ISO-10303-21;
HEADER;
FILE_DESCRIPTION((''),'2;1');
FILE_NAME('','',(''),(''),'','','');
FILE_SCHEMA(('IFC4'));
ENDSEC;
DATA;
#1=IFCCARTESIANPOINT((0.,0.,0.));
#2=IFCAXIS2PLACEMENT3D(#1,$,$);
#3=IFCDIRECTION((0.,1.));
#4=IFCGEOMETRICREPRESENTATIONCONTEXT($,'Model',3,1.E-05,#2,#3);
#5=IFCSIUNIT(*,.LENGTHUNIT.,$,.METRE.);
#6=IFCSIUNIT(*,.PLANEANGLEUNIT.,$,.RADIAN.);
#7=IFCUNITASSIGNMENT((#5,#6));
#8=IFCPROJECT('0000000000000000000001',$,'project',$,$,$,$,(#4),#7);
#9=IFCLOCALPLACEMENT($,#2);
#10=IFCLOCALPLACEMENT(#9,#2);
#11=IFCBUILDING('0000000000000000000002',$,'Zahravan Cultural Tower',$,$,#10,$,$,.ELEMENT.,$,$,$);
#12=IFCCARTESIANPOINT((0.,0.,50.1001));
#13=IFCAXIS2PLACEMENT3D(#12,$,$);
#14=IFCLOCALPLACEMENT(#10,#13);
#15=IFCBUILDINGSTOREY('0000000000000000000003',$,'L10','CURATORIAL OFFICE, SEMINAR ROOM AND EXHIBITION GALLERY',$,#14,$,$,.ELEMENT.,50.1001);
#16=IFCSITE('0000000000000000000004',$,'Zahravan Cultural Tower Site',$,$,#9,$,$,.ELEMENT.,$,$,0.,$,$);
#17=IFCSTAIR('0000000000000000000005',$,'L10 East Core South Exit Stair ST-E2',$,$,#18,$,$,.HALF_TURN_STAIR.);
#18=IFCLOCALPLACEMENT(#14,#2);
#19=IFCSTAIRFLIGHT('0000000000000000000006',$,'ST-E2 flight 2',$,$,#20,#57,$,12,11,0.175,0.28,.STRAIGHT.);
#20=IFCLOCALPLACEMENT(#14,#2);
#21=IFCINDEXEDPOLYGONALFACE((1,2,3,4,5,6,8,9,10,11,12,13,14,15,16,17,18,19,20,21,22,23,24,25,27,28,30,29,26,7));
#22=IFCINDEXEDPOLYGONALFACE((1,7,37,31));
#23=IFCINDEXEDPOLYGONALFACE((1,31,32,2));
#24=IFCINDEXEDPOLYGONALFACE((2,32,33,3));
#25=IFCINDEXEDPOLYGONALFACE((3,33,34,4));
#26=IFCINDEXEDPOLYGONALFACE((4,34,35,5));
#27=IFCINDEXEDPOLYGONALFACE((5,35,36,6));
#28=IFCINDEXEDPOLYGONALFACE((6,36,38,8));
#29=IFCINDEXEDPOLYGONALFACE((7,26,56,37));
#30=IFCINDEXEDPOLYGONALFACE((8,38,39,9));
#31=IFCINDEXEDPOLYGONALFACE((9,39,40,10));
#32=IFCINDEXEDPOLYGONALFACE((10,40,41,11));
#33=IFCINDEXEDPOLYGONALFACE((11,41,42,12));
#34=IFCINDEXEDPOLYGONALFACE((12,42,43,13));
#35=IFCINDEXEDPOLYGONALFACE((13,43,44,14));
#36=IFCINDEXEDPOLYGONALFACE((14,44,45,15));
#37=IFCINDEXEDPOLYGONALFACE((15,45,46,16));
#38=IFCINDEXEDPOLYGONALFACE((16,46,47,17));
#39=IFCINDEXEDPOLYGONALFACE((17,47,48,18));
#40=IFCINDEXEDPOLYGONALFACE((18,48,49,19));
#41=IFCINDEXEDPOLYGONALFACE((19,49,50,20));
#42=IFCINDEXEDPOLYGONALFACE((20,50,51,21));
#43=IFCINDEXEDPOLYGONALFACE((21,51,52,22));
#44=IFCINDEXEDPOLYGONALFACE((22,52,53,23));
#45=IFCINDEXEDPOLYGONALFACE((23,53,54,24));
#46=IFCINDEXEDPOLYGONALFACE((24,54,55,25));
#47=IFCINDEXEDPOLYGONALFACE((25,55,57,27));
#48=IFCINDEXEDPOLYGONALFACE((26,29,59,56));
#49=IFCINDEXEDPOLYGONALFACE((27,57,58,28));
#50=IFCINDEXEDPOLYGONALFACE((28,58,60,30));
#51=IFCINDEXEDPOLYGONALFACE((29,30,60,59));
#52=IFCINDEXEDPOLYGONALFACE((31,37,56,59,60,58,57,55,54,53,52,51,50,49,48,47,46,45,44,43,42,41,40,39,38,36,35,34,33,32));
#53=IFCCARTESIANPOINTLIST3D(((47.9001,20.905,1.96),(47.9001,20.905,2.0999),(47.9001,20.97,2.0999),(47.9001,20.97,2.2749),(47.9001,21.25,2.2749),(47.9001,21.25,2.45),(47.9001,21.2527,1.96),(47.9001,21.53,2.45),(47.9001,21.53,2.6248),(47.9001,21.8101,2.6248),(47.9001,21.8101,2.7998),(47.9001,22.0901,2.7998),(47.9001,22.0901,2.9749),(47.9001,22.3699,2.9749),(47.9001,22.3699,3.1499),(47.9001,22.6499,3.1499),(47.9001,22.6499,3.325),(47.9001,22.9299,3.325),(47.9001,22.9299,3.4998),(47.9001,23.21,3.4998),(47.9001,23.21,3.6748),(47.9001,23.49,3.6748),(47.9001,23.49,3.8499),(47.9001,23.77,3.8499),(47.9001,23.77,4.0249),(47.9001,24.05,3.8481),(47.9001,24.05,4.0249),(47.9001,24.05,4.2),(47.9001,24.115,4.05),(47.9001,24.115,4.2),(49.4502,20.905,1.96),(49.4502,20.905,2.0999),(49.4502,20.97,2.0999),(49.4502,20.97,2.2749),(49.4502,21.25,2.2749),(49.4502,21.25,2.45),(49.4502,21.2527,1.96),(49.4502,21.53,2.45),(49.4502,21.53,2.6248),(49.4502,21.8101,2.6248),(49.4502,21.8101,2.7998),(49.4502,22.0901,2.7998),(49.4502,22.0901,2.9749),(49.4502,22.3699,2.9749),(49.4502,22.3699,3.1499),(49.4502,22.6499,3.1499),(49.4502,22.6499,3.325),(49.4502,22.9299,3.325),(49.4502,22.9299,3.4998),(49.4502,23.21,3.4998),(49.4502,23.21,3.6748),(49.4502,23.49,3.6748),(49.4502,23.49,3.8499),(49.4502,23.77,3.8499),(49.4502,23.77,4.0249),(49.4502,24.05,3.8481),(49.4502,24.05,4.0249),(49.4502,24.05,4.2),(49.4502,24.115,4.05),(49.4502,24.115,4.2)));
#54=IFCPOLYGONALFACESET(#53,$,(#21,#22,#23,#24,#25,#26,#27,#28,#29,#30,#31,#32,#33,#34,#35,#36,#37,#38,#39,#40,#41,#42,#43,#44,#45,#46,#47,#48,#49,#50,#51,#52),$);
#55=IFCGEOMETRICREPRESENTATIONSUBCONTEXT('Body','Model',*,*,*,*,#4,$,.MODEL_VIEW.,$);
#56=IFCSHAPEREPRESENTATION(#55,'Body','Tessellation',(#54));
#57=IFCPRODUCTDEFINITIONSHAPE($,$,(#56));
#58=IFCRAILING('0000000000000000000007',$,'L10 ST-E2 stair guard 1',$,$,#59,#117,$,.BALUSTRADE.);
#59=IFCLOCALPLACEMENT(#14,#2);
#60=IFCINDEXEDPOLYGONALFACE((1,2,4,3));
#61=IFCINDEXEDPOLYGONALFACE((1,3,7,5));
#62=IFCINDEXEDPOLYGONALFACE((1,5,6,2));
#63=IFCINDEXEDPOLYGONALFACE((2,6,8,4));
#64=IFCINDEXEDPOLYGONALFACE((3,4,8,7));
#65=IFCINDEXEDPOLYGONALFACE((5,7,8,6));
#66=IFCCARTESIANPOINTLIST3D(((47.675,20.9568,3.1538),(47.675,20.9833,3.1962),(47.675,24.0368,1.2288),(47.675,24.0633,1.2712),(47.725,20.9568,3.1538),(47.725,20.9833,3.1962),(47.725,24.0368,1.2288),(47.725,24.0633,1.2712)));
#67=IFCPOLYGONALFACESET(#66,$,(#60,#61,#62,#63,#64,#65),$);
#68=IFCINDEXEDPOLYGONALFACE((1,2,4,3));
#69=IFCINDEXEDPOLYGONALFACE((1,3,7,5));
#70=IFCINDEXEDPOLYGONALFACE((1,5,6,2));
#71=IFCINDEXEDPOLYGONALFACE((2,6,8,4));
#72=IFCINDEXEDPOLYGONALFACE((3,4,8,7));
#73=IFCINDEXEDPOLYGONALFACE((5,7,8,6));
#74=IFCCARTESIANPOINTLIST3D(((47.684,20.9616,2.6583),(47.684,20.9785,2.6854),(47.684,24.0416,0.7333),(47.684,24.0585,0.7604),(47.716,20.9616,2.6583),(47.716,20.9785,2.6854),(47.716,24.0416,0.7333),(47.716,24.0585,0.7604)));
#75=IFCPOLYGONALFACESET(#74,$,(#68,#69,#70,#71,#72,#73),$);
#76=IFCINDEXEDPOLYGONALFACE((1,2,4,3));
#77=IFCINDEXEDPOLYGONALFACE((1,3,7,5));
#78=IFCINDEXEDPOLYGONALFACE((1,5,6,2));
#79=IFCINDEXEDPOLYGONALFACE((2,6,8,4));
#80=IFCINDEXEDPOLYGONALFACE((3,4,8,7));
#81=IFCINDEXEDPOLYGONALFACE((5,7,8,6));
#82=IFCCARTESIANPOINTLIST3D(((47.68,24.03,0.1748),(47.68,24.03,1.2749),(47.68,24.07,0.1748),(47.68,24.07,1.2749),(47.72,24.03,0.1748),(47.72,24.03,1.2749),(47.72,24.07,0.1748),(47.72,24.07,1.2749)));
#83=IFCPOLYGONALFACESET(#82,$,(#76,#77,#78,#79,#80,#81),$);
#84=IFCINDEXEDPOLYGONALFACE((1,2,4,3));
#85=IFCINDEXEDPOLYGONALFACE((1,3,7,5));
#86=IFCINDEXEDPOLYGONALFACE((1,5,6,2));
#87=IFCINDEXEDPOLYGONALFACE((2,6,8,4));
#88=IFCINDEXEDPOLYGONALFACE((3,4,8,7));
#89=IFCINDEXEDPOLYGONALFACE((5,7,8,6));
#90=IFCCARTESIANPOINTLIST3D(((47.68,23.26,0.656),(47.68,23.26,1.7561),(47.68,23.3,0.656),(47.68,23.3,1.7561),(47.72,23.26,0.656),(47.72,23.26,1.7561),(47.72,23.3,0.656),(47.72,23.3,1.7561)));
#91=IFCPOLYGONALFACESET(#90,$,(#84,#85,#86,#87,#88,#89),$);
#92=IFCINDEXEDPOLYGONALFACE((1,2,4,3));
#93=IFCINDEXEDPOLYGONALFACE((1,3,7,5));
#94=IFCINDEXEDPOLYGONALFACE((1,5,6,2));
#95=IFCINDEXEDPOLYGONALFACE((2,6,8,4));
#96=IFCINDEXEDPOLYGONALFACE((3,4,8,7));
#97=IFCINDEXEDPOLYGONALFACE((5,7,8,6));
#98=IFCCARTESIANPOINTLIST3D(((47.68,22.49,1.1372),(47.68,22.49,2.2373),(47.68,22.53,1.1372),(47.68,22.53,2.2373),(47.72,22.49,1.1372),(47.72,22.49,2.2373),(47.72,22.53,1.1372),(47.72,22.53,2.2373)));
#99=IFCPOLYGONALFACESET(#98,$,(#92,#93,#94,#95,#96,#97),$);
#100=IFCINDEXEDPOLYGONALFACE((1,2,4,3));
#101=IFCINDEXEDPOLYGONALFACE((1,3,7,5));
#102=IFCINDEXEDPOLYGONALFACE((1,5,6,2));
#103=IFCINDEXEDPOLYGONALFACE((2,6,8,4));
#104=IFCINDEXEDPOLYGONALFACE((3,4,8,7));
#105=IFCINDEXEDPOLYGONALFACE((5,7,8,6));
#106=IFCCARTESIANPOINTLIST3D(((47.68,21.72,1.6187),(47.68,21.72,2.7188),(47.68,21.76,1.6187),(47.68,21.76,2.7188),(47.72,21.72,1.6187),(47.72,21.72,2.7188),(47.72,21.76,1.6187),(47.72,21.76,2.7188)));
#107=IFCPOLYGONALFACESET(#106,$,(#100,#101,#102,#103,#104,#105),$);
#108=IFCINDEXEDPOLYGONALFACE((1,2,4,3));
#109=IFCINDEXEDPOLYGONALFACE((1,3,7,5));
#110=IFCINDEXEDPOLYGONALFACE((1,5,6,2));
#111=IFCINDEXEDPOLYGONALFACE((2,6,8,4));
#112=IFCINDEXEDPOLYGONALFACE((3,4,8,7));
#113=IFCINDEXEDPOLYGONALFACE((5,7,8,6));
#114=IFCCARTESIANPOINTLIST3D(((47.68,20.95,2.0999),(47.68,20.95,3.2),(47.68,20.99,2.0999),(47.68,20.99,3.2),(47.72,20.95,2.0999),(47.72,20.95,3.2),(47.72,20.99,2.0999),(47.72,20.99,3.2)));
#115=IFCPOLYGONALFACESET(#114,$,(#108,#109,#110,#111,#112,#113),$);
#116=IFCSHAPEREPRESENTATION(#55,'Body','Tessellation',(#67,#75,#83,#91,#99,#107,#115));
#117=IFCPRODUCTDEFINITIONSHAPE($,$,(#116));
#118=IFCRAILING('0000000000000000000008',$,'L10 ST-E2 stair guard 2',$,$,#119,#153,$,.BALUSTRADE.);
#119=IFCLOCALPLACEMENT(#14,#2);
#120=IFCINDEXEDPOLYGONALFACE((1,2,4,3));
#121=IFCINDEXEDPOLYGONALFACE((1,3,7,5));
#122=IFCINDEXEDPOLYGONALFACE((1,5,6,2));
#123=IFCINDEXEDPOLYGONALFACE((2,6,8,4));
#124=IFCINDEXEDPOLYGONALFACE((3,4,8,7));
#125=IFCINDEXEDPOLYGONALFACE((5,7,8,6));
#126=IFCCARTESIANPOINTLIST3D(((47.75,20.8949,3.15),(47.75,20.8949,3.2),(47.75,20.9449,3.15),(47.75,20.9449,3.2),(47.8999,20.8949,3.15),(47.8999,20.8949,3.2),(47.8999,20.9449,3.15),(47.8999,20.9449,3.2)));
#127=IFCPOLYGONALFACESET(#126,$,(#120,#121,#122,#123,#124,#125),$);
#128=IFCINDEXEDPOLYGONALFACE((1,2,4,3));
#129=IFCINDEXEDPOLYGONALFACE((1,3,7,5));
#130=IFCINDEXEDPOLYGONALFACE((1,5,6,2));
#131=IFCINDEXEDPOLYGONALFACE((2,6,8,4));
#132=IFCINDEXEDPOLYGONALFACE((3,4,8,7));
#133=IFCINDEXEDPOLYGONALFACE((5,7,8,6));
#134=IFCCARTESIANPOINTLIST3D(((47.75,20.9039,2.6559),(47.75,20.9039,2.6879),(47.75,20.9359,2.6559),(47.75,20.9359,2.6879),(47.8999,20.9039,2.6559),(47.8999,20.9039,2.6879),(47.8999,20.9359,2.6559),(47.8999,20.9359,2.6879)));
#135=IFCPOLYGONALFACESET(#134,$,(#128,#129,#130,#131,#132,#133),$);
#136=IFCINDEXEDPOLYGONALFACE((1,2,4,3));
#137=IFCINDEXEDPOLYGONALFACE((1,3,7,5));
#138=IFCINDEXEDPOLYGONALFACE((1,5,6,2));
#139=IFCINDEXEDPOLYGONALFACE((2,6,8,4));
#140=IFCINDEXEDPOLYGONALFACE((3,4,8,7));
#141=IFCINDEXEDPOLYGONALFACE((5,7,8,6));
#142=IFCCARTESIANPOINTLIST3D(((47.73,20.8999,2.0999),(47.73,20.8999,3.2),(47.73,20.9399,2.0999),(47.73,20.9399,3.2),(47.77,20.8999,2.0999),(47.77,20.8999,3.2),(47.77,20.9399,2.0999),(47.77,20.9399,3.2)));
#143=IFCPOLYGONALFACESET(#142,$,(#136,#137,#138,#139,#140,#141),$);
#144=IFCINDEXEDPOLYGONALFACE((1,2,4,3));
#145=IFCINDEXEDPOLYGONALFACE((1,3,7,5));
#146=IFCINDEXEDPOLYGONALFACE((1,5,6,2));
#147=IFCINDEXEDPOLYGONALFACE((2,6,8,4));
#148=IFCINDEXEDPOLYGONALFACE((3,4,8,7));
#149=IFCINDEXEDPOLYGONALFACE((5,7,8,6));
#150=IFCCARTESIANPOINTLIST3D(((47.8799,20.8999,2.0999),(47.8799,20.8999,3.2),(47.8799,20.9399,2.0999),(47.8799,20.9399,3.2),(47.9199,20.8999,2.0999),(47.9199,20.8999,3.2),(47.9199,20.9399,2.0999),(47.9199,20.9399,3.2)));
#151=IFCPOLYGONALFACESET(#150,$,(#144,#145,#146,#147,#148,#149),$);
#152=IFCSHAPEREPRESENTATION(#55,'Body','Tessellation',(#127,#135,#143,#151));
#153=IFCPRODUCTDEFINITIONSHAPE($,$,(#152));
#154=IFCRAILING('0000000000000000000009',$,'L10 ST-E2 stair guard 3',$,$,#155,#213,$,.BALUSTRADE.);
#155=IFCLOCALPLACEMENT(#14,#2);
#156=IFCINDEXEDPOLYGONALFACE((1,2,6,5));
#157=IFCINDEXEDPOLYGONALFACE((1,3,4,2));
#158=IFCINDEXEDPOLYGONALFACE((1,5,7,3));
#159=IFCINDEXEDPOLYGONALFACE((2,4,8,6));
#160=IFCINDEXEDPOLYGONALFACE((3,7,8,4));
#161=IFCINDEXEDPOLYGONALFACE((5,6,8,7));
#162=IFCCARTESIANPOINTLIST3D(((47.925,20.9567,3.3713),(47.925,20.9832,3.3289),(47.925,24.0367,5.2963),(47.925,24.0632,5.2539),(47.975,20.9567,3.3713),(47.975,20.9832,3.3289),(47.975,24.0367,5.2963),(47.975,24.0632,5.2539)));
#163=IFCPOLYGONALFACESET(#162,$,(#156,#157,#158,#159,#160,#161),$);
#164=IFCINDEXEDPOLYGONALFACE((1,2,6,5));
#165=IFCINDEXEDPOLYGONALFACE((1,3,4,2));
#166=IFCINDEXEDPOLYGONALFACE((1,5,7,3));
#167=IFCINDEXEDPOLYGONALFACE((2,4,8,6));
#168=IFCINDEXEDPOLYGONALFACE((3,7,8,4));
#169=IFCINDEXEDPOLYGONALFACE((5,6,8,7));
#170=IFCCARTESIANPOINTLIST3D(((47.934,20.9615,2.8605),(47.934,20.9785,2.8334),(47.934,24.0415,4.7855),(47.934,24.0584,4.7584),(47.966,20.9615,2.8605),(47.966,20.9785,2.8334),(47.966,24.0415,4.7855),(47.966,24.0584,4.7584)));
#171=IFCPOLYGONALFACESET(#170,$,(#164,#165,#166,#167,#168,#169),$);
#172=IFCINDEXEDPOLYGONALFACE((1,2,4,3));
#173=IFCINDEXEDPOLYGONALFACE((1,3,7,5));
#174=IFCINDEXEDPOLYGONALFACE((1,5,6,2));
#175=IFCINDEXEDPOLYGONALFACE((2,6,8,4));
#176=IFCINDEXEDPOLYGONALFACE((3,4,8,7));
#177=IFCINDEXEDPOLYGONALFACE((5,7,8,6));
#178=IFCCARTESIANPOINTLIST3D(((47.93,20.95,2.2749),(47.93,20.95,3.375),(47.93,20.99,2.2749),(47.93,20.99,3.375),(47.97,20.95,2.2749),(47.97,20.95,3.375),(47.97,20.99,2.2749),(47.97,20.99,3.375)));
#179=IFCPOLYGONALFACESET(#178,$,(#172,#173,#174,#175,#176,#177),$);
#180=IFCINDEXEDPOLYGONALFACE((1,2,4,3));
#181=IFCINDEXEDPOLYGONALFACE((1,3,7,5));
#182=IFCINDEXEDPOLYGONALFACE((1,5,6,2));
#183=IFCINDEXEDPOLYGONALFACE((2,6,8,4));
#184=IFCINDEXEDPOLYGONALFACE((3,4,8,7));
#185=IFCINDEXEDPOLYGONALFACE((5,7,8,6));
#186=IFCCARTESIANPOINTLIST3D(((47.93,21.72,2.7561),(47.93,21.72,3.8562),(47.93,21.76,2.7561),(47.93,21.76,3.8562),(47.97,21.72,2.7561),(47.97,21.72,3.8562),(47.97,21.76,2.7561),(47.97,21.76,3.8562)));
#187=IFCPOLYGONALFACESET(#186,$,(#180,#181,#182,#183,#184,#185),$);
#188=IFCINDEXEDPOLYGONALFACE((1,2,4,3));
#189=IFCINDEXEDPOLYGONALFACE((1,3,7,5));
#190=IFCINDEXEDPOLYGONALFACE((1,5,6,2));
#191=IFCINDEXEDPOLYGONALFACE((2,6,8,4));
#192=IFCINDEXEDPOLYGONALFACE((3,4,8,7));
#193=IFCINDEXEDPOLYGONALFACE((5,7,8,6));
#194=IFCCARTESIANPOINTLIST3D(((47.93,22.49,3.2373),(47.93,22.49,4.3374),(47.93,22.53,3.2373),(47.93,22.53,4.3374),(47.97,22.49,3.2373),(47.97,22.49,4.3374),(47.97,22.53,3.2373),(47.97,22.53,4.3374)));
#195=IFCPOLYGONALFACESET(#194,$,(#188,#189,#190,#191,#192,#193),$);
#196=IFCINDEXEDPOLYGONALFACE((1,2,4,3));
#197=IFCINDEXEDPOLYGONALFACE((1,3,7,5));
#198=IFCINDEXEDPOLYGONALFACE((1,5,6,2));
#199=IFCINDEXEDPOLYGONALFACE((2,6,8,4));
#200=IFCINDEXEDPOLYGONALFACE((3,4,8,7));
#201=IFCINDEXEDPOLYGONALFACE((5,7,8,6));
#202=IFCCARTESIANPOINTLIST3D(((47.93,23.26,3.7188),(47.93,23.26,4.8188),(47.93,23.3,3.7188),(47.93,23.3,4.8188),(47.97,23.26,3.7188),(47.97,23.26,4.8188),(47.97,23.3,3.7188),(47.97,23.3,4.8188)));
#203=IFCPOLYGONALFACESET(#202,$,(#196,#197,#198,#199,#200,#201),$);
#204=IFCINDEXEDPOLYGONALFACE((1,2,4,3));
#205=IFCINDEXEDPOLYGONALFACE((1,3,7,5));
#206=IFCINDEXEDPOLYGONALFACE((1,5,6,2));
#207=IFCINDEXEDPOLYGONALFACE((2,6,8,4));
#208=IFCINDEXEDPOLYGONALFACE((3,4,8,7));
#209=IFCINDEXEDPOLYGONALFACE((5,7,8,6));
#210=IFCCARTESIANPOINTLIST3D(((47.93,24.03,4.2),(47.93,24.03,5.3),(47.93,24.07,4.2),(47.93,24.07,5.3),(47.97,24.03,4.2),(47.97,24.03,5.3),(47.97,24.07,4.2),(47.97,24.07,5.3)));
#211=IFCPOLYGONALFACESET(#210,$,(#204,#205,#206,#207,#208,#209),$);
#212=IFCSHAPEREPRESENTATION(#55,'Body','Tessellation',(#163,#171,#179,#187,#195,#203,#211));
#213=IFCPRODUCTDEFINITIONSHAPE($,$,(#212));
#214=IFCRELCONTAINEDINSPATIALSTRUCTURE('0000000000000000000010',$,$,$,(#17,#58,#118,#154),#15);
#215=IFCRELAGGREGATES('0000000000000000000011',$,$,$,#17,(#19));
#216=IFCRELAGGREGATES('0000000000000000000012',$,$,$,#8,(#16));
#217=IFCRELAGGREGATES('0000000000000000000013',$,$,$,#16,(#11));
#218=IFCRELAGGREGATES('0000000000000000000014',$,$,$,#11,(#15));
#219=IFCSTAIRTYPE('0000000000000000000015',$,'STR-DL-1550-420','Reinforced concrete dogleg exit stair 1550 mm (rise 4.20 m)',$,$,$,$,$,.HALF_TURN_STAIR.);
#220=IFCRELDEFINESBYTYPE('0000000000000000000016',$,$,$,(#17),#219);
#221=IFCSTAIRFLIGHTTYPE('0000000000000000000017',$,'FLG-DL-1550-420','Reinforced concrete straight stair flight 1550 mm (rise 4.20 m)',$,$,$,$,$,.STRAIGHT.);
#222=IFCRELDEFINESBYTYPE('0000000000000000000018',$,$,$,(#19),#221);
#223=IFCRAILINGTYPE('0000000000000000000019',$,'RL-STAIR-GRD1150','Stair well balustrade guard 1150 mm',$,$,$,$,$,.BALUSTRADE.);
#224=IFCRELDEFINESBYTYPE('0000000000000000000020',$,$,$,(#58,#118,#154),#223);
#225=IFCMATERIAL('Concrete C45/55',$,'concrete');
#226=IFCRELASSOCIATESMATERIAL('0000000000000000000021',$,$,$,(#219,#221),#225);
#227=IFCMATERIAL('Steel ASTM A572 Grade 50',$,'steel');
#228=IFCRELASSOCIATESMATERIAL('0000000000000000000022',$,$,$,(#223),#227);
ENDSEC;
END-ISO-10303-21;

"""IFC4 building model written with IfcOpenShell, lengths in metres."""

from ifc_helpers import new_model, si_unit, direction, frame, origin, origin_2d, place, context, subcontext, project, spatial, polyline, rectangle, outline, extrude, material, type_object, element, aggregate, save


model = new_model("IFC4")

# Units and contexts
model_context = context("Model", 3, precision=1e-05, world=origin(), true_north=direction((0.0, 1.0)))
body_context = subcontext(model_context, "Body", "Model", "MODEL_VIEW")
ifc_project = project(units=[si_unit("LENGTHUNIT", "METRE"), si_unit("PLANEANGLEUNIT", "RADIAN")], contexts=[model_context])

# Site, building, storey
site_placement = place(None, origin())
site = spatial("IfcSite", under=ifc_project, at=site_placement, Name="Zahravan Cultural Tower Site", CompositionType="ELEMENT", RefElevation=0.0)
building_placement = place(site_placement, origin())
building = spatial("IfcBuilding", under=site, at=building_placement, Name="Zahravan Cultural Tower", CompositionType="ELEMENT")
storey_placement = place(building_placement, frame((0.0, 0.0, 50.1001)))
storey = spatial("IfcBuildingStorey", under=building, at=storey_placement, Name="L10", Description="CURATORIAL OFFICE, SEMINAR ROOM AND EXHIBITION GALLERY", CompositionType="ELEMENT", Elevation=50.1001)

# Shared definitions
ifc_material_1 = material(Name="Concrete C45/55", Category="concrete")
ifc_material_2 = material(Name="Steel ASTM A572 Grade 50", Category="steel")

# Stair, stair flight
stair_type = type_object("IfcStairType", Name="STR-DL-1550-420", Description="Reinforced concrete dogleg exit stair 1550 mm (rise 4.20 m)", PredefinedType="HALF_TURN_STAIR", material=ifc_material_1)
stair_placement = place(storey_placement, origin())
stair = element("IfcStair", 1, at=stair_placement, inside=storey, type_object=stair_type, Name="L10 East Core South Exit Stair ST-E2", PredefinedType="HALF_TURN_STAIR")
stair_flight_type = type_object("IfcStairFlightType", Name="FLG-DL-1550-420", Description="Reinforced concrete straight stair flight 1550 mm (rise 4.20 m)", PredefinedType="STRAIGHT", material=ifc_material_1)
stair_flight_1_placement = place(storey_placement, frame((48.675, 20.97, 2.0999), z_axis=(0.0, 0.0, 1.0), x_axis=(0.0, 1.0, 0.0)))
stair_flight_1 = element("IfcStairFlight", 2, at=stair_flight_1_placement, type_object=stair_flight_type, Name="ST-E2 flight 2", NumberOfRisers=12, NumberOfTreads=11, PredefinedType="STRAIGHT", RiserHeight=0.175, TreadLength=0.28, context=body_context, shape_type="SweptSolid", body=[
    extrude(outline(polyline([(-0.0649, -0.1399), (-0.0649, 0.0), (0.0, 0.0), (0.0, 0.175), (0.28, 0.175), (0.28, 0.3501), (0.5601, 0.3501), (0.5601, 0.5249), (0.8401, 0.5249), (0.8401, 0.7), (1.1201, 0.7), (1.1201, 0.875), (1.3999, 0.875), (1.3999, 1.05), (1.6799, 1.05), (1.6799, 1.2251), (1.96, 1.2251), (1.96, 1.3999), (2.24, 1.3999), (2.24, 1.575), (2.52, 1.575), (2.52, 1.75), (2.8, 1.75), (2.8, 1.925), (3.0801, 1.925), (3.0801, 2.1001), (3.145, 2.1001), (3.145, 1.9502), (3.0801, 1.7483), (0.2827, -0.1399), (-0.0649, -0.1399)])), frame((0.0, 0.7749, 0.0), z_axis=(0.0, -1.0, 0.0), x_axis=(1.0, 0.0, 0.0)), (0.0, 0.0, 1.0), 1.55),
])
aggregate(stair, [stair_flight_1])

# Railings
railing_type_1 = type_object("IfcRailingType", Name="RL-STAIR-GRD1150", Description="Stair well balustrade guard 1150 mm", PredefinedType="BALUSTRADE", material=ifc_material_2)
railing_1_placement = place(storey_placement, frame((47.7, 24.05, 0.1748)))
element("IfcRailing", 3, at=railing_1_placement, inside=storey, type_object=railing_type_1, Name="L10 ST-E2 stair guard 1", PredefinedType="BALUSTRADE", context=body_context, shape_type="SweptSolid", body=[
    extrude(rectangle(XDim=0.05, YDim=0.05, at=origin_2d()), frame((0.0, 0.0, 1.0752), z_axis=(0.0, -0.847998, 0.529999), x_axis=(1.0, 0.0, 0.0)), (0.0, 0.0, 1.0), 3.6321),
    extrude(rectangle(XDim=0.032, YDim=0.032, at=origin_2d()), frame((0.0, 0.0, 0.572), z_axis=(0.0, -0.847998, 0.529999), x_axis=(1.0, 0.0, 0.0)), (0.0, 0.0, 1.0), 3.6321),
    extrude(rectangle(XDim=0.04, YDim=0.04, at=origin_2d()), origin(), (0.0, 0.0, 1.0), 1.1001),
    extrude(rectangle(XDim=0.04, YDim=0.04, at=origin_2d()), frame((0.0, -0.77, 0.4812)), (0.0, 0.0, 1.0), 1.1001),
    extrude(rectangle(XDim=0.04, YDim=0.04, at=origin_2d()), frame((0.0, -1.54, 0.9624)), (0.0, 0.0, 1.0), 1.1001),
    extrude(rectangle(XDim=0.04, YDim=0.04, at=origin_2d()), frame((0.0, -2.3101, 1.4438)), (0.0, 0.0, 1.0), 1.1001),
    extrude(rectangle(XDim=0.04, YDim=0.04, at=origin_2d()), frame((0.0, -3.0801, 1.925)), (0.0, 0.0, 1.0), 1.1001),
])
railing_2_placement = place(storey_placement, frame((47.75, 20.9199, 2.0999)))
element("IfcRailing", 4, at=railing_2_placement, inside=storey, type_object=railing_type_1, Name="L10 ST-E2 stair guard 2", PredefinedType="BALUSTRADE", context=body_context, shape_type="SweptSolid", body=[
    extrude(rectangle(XDim=0.05, YDim=0.05, at=origin_2d()), frame((0.0, 0.0, 1.0752), z_axis=(1.0, 0.0, 0.0), x_axis=(0.0, 1.0, 0.0)), (0.0, 0.0, 1.0), 0.1499),
    extrude(rectangle(XDim=0.032, YDim=0.032, at=origin_2d()), frame((0.0, 0.0, 0.572), z_axis=(1.0, 0.0, 0.0), x_axis=(0.0, 1.0, 0.0)), (0.0, 0.0, 1.0), 0.1499),
    extrude(rectangle(XDim=0.04, YDim=0.04, at=origin_2d()), origin(), (0.0, 0.0, 1.0), 1.1001),
    extrude(rectangle(XDim=0.04, YDim=0.04, at=origin_2d()), frame((0.1499, 0.0, 0.0)), (0.0, 0.0, 1.0), 1.1001),
])
railing_3_placement = place(storey_placement, frame((47.95, 20.97, 2.2749)))
element("IfcRailing", 5, at=railing_3_placement, inside=storey, type_object=railing_type_1, Name="L10 ST-E2 stair guard 3", PredefinedType="BALUSTRADE", context=body_context, shape_type="SweptSolid", body=[
    extrude(rectangle(XDim=0.05, YDim=0.05, at=origin_2d()), frame((0.0, 0.0, 1.0752), z_axis=(0.0, 0.847998, 0.529999), x_axis=(-1.0, 0.0, 0.0)), (0.0, 0.0, 1.0), 3.6321),
    extrude(rectangle(XDim=0.032, YDim=0.032, at=origin_2d()), frame((0.0, 0.0, 0.572), z_axis=(0.0, 0.847998, 0.529999), x_axis=(-1.0, 0.0, 0.0)), (0.0, 0.0, 1.0), 3.6321),
    extrude(rectangle(XDim=0.04, YDim=0.04, at=origin_2d()), origin(), (0.0, 0.0, 1.0), 1.1001),
    extrude(rectangle(XDim=0.04, YDim=0.04, at=origin_2d()), frame((0.0, 0.77, 0.4812)), (0.0, 0.0, 1.0), 1.1001),
    extrude(rectangle(XDim=0.04, YDim=0.04, at=origin_2d()), frame((0.0, 1.54, 0.9624)), (0.0, 0.0, 1.0), 1.1001),
    extrude(rectangle(XDim=0.04, YDim=0.04, at=origin_2d()), frame((0.0, 2.3101, 1.4438)), (0.0, 0.0, 1.0), 1.1001),
    extrude(rectangle(XDim=0.04, YDim=0.04, at=origin_2d()), frame((0.0, 3.0801, 1.925)), (0.0, 0.0, 1.0), 1.1001),
])

save(model, "model.ifc")
